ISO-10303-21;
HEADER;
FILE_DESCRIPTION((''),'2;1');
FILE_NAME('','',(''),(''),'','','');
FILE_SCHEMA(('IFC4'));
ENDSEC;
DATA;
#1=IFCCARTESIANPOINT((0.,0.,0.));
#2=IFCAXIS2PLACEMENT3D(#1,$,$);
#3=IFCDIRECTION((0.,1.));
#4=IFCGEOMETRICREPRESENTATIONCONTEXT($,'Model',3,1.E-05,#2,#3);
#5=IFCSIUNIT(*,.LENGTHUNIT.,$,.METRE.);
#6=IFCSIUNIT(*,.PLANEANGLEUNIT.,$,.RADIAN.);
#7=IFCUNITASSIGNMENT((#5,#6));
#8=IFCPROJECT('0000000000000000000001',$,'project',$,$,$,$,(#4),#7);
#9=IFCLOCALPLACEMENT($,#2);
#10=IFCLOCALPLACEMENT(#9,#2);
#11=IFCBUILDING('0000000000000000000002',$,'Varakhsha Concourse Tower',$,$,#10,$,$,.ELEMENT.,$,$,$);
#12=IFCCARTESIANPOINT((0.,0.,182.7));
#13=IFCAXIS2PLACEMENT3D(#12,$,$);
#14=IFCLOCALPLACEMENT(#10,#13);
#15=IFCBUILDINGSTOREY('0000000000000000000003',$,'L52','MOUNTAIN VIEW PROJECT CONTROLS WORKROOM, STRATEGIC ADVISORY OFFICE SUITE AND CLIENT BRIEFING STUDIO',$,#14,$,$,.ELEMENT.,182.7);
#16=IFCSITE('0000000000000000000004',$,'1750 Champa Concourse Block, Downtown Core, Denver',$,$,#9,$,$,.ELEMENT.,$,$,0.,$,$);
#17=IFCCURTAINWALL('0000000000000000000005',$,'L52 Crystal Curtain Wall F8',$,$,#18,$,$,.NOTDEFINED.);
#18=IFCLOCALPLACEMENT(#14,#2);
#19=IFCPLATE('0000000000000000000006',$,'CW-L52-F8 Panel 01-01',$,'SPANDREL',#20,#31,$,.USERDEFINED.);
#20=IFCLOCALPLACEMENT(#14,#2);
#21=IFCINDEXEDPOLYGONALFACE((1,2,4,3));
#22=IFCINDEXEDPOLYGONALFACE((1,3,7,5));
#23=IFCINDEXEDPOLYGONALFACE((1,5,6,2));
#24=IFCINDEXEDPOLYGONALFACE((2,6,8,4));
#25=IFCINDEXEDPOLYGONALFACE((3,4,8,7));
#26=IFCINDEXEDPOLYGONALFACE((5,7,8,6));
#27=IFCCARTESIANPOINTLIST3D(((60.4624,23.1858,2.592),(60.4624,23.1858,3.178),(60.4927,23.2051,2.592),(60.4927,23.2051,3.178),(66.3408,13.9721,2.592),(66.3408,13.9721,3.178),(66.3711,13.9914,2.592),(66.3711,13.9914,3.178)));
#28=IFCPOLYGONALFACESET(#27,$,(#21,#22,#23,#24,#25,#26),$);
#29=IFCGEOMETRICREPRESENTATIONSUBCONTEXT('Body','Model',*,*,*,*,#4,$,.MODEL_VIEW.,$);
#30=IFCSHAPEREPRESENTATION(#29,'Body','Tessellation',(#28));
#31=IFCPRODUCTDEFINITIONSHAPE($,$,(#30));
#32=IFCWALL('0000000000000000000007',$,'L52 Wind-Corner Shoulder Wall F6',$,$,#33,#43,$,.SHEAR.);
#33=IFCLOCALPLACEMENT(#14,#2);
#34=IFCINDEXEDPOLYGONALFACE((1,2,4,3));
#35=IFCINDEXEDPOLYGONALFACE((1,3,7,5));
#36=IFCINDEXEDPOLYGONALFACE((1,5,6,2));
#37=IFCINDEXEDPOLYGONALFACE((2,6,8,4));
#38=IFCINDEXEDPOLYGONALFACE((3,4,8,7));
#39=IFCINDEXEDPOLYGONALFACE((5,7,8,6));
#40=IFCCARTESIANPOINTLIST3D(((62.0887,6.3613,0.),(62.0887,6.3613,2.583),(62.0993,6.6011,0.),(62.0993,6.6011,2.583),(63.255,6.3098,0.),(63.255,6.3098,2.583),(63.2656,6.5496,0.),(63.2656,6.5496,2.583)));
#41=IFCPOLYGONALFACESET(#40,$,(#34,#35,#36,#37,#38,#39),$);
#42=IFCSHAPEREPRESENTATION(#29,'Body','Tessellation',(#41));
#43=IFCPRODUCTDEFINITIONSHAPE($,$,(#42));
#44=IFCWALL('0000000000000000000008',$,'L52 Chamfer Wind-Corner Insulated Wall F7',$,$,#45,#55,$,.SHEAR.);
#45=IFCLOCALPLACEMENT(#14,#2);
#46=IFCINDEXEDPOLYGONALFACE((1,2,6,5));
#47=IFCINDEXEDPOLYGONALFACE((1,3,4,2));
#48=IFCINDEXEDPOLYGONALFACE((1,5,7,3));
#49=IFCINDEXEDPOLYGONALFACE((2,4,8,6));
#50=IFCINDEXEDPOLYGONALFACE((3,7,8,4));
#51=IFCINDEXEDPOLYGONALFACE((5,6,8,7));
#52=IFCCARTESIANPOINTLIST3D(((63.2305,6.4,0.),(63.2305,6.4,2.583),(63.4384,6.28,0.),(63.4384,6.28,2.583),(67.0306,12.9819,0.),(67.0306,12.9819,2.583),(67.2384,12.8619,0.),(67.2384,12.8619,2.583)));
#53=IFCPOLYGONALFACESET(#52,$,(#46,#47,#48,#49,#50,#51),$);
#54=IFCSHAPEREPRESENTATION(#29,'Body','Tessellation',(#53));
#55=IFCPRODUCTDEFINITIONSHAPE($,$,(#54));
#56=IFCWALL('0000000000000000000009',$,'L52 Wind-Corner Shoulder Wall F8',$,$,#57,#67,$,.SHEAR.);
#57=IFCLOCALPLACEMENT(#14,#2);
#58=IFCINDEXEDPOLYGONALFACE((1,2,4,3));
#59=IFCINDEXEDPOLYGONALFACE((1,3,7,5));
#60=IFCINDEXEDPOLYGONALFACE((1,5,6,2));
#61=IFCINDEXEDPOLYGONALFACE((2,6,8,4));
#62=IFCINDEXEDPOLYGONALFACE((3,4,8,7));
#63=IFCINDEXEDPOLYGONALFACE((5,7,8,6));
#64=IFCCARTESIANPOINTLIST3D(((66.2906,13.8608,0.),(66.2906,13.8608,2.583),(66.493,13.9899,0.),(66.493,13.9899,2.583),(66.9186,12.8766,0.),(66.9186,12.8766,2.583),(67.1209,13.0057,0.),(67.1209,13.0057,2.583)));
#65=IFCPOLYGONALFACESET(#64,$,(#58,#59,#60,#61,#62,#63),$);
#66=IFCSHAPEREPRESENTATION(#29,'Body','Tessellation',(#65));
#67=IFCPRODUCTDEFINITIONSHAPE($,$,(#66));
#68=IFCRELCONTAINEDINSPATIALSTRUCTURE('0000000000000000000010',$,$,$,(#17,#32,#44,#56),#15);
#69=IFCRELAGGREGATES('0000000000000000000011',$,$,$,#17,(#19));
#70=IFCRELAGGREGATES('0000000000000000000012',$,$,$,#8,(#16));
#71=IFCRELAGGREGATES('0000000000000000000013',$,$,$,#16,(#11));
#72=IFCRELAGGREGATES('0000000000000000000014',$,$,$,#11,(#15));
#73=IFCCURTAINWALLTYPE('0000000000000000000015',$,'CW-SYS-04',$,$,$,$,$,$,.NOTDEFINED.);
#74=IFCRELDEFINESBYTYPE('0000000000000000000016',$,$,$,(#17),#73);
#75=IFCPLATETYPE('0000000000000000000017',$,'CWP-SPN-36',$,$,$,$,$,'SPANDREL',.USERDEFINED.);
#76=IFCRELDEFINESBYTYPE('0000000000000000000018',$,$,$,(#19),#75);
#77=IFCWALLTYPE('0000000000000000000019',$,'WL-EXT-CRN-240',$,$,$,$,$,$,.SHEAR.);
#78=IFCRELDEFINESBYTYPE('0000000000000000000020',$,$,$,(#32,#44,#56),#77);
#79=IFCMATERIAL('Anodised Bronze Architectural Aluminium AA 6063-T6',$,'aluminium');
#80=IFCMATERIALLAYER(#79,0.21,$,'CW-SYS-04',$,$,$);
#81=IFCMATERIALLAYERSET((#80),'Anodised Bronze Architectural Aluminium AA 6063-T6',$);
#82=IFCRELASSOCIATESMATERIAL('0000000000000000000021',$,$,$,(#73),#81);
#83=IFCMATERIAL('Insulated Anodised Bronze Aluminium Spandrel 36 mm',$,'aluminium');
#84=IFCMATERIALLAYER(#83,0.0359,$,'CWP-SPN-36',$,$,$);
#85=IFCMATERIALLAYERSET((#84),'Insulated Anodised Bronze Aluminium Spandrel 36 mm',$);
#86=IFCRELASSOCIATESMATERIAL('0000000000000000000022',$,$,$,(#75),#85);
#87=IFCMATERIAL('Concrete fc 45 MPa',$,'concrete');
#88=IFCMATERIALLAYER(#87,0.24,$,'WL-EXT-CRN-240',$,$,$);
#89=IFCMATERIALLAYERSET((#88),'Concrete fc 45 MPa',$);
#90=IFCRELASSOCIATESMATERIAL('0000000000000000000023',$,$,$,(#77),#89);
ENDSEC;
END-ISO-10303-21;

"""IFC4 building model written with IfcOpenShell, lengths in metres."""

from ifc_helpers import new_model, si_unit, direction, frame, frame_2d, origin, origin_2d, place, context, subcontext, project, spatial, rectangle, extrude, source, transform, mapped, material, layer, layer_set, type_object, element, aggregate, save


model = new_model("IFC4")

# Units and contexts
model_context = context("Model", 3, precision=1e-05, world=origin(), true_north=direction((0.0, 1.0)))
body_context = subcontext(model_context, "Body", "Model", "MODEL_VIEW")
ifc_project = project(units=[si_unit("LENGTHUNIT", "METRE"), si_unit("PLANEANGLEUNIT", "RADIAN")], contexts=[model_context])

# Site, building, storey
site_placement = place(None, origin())
site = spatial("IfcSite", under=ifc_project, at=site_placement, Name="1750 Champa Concourse Block, Downtown Core, Denver", CompositionType="ELEMENT", RefElevation=0.0)
building_placement = place(site_placement, origin())
building = spatial("IfcBuilding", under=site, at=building_placement, Name="Varakhsha Concourse Tower", CompositionType="ELEMENT")
storey_placement = place(building_placement, frame((0.0, 0.0, 182.7)))
storey = spatial("IfcBuildingStorey", under=building, at=storey_placement, Name="L52", Description="MOUNTAIN VIEW PROJECT CONTROLS WORKROOM, STRATEGIC ADVISORY OFFICE SUITE AND CLIENT BRIEFING STUDIO", CompositionType="ELEMENT", Elevation=182.7)

# Curtain wall
ifc_material_1 = material(Name="Anodised Bronze Architectural Aluminium AA 6063-T6", Category="aluminium")
ifc_layer_1 = layer(ifc_material_1, 0.21, Name="CW-SYS-04")
ifc_layer_set_1 = layer_set([ifc_layer_1], Name="Anodised Bronze Architectural Aluminium AA 6063-T6")
curtain_wall_type = type_object("IfcCurtainWallType", Name="CW-SYS-04", PredefinedType="NOTDEFINED", material=ifc_layer_set_1)
curtain_wall_1_placement = place(storey_placement, origin())
curtain_wall_1 = element("IfcCurtainWall", 1, at=curtain_wall_1_placement, inside=storey, type_object=curtain_wall_type, Name="L52 Crystal Curtain Wall F8", PredefinedType="NOTDEFINED")

# Plate
ifc_material_2 = material(Name="Insulated Anodised Bronze Aluminium Spandrel 36 mm", Category="aluminium")
ifc_layer_2 = layer(ifc_material_2, 0.0359, Name="CWP-SPN-36")
ifc_layer_set_2 = layer_set([ifc_layer_2], Name="Insulated Anodised Bronze Aluminium Spandrel 36 mm")
plate_type_1 = type_object("IfcPlateType", Name="CWP-SPN-36", ElementType="SPANDREL", PredefinedType="USERDEFINED", material=ifc_layer_set_2)
shared_shape_1 = source(origin(), body_context, "Body", "SweptSolid", [
    extrude(rectangle(XDim=10.9292, YDim=0.0359, at=origin_2d()), origin(), (0.0, 0.0, 1.0), 0.5859),
])
plate_1_placement = place(storey_placement, frame((63.4167, 18.5886, 2.592), z_axis=(0.0, 0.0, 1.0), x_axis=(0.537863, -0.843032, 0.0)))
plate_1 = element("IfcPlate", 2, at=plate_1_placement, type_object=plate_type_1, Name="CW-L52-F8 Panel 01-01", ObjectType="SPANDREL", PredefinedType="USERDEFINED", context=body_context, shape_type="MappedRepresentation", body=[
    mapped(shared_shape_1, transform((0.0, 0.0, 0.0), scale=1.0)),
])
aggregate(curtain_wall_1, [plate_1])

# Walls
ifc_material_3 = material(Name="Concrete fc 45 MPa", Category="concrete")
ifc_layer_3 = layer(ifc_material_3, 0.24, Name="WL-EXT-CRN-240")
ifc_layer_set_3 = layer_set([ifc_layer_3], Name="Concrete fc 45 MPa")
wall_type = type_object("IfcWallType", Name="WL-EXT-CRN-240", PredefinedType="SHEAR", material=ifc_layer_set_3)
wall_1_placement = place(storey_placement, frame((62.094, 6.4812, 0.0), z_axis=(0.0, 0.0, 1.0), x_axis=(0.999026, -0.044127, 0.0)))
element("IfcWall", 3, at=wall_1_placement, inside=storey, type_object=wall_type, Name="L52 Wind-Corner Shoulder Wall F6", PredefinedType="SHEAR", context=body_context, shape_type="SweptSolid", body=[
    extrude(rectangle(XDim=1.1675, YDim=0.24, at=frame_2d((0.5837, 0.0))), origin(), (0.0, 0.0, 1.0), 2.583),
])
wall_2_placement = place(storey_placement, frame((67.1345, 12.9219, 0.0), z_axis=(0.0, 0.0, 1.0), x_axis=(-0.500005, -0.866022, 0.0)))
element("IfcWall", 4, at=wall_2_placement, inside=storey, type_object=wall_type, Name="L52 Chamfer Wind-Corner Insulated Wall F7", PredefinedType="SHEAR", context=body_context, shape_type="SweptSolid", body=[
    extrude(rectangle(XDim=7.6001, YDim=0.24, at=frame_2d((3.8, 0.0))), origin(), (0.0, 0.0, 1.0), 2.583),
])
wall_3_placement = place(storey_placement, frame((67.0198, 12.9412, 0.0), z_axis=(0.0, 0.0, 1.0), x_axis=(-0.53789, 0.843015, 0.0)))
element("IfcWall", 5, at=wall_3_placement, inside=storey, type_object=wall_type, Name="L52 Wind-Corner Shoulder Wall F8", PredefinedType="SHEAR", context=body_context, shape_type="SweptSolid", body=[
    extrude(rectangle(XDim=1.1675, YDim=0.24, at=frame_2d((0.5837, 0.0))), origin(), (0.0, 0.0, 1.0), 2.583),
])

save(model, "model.ifc")
